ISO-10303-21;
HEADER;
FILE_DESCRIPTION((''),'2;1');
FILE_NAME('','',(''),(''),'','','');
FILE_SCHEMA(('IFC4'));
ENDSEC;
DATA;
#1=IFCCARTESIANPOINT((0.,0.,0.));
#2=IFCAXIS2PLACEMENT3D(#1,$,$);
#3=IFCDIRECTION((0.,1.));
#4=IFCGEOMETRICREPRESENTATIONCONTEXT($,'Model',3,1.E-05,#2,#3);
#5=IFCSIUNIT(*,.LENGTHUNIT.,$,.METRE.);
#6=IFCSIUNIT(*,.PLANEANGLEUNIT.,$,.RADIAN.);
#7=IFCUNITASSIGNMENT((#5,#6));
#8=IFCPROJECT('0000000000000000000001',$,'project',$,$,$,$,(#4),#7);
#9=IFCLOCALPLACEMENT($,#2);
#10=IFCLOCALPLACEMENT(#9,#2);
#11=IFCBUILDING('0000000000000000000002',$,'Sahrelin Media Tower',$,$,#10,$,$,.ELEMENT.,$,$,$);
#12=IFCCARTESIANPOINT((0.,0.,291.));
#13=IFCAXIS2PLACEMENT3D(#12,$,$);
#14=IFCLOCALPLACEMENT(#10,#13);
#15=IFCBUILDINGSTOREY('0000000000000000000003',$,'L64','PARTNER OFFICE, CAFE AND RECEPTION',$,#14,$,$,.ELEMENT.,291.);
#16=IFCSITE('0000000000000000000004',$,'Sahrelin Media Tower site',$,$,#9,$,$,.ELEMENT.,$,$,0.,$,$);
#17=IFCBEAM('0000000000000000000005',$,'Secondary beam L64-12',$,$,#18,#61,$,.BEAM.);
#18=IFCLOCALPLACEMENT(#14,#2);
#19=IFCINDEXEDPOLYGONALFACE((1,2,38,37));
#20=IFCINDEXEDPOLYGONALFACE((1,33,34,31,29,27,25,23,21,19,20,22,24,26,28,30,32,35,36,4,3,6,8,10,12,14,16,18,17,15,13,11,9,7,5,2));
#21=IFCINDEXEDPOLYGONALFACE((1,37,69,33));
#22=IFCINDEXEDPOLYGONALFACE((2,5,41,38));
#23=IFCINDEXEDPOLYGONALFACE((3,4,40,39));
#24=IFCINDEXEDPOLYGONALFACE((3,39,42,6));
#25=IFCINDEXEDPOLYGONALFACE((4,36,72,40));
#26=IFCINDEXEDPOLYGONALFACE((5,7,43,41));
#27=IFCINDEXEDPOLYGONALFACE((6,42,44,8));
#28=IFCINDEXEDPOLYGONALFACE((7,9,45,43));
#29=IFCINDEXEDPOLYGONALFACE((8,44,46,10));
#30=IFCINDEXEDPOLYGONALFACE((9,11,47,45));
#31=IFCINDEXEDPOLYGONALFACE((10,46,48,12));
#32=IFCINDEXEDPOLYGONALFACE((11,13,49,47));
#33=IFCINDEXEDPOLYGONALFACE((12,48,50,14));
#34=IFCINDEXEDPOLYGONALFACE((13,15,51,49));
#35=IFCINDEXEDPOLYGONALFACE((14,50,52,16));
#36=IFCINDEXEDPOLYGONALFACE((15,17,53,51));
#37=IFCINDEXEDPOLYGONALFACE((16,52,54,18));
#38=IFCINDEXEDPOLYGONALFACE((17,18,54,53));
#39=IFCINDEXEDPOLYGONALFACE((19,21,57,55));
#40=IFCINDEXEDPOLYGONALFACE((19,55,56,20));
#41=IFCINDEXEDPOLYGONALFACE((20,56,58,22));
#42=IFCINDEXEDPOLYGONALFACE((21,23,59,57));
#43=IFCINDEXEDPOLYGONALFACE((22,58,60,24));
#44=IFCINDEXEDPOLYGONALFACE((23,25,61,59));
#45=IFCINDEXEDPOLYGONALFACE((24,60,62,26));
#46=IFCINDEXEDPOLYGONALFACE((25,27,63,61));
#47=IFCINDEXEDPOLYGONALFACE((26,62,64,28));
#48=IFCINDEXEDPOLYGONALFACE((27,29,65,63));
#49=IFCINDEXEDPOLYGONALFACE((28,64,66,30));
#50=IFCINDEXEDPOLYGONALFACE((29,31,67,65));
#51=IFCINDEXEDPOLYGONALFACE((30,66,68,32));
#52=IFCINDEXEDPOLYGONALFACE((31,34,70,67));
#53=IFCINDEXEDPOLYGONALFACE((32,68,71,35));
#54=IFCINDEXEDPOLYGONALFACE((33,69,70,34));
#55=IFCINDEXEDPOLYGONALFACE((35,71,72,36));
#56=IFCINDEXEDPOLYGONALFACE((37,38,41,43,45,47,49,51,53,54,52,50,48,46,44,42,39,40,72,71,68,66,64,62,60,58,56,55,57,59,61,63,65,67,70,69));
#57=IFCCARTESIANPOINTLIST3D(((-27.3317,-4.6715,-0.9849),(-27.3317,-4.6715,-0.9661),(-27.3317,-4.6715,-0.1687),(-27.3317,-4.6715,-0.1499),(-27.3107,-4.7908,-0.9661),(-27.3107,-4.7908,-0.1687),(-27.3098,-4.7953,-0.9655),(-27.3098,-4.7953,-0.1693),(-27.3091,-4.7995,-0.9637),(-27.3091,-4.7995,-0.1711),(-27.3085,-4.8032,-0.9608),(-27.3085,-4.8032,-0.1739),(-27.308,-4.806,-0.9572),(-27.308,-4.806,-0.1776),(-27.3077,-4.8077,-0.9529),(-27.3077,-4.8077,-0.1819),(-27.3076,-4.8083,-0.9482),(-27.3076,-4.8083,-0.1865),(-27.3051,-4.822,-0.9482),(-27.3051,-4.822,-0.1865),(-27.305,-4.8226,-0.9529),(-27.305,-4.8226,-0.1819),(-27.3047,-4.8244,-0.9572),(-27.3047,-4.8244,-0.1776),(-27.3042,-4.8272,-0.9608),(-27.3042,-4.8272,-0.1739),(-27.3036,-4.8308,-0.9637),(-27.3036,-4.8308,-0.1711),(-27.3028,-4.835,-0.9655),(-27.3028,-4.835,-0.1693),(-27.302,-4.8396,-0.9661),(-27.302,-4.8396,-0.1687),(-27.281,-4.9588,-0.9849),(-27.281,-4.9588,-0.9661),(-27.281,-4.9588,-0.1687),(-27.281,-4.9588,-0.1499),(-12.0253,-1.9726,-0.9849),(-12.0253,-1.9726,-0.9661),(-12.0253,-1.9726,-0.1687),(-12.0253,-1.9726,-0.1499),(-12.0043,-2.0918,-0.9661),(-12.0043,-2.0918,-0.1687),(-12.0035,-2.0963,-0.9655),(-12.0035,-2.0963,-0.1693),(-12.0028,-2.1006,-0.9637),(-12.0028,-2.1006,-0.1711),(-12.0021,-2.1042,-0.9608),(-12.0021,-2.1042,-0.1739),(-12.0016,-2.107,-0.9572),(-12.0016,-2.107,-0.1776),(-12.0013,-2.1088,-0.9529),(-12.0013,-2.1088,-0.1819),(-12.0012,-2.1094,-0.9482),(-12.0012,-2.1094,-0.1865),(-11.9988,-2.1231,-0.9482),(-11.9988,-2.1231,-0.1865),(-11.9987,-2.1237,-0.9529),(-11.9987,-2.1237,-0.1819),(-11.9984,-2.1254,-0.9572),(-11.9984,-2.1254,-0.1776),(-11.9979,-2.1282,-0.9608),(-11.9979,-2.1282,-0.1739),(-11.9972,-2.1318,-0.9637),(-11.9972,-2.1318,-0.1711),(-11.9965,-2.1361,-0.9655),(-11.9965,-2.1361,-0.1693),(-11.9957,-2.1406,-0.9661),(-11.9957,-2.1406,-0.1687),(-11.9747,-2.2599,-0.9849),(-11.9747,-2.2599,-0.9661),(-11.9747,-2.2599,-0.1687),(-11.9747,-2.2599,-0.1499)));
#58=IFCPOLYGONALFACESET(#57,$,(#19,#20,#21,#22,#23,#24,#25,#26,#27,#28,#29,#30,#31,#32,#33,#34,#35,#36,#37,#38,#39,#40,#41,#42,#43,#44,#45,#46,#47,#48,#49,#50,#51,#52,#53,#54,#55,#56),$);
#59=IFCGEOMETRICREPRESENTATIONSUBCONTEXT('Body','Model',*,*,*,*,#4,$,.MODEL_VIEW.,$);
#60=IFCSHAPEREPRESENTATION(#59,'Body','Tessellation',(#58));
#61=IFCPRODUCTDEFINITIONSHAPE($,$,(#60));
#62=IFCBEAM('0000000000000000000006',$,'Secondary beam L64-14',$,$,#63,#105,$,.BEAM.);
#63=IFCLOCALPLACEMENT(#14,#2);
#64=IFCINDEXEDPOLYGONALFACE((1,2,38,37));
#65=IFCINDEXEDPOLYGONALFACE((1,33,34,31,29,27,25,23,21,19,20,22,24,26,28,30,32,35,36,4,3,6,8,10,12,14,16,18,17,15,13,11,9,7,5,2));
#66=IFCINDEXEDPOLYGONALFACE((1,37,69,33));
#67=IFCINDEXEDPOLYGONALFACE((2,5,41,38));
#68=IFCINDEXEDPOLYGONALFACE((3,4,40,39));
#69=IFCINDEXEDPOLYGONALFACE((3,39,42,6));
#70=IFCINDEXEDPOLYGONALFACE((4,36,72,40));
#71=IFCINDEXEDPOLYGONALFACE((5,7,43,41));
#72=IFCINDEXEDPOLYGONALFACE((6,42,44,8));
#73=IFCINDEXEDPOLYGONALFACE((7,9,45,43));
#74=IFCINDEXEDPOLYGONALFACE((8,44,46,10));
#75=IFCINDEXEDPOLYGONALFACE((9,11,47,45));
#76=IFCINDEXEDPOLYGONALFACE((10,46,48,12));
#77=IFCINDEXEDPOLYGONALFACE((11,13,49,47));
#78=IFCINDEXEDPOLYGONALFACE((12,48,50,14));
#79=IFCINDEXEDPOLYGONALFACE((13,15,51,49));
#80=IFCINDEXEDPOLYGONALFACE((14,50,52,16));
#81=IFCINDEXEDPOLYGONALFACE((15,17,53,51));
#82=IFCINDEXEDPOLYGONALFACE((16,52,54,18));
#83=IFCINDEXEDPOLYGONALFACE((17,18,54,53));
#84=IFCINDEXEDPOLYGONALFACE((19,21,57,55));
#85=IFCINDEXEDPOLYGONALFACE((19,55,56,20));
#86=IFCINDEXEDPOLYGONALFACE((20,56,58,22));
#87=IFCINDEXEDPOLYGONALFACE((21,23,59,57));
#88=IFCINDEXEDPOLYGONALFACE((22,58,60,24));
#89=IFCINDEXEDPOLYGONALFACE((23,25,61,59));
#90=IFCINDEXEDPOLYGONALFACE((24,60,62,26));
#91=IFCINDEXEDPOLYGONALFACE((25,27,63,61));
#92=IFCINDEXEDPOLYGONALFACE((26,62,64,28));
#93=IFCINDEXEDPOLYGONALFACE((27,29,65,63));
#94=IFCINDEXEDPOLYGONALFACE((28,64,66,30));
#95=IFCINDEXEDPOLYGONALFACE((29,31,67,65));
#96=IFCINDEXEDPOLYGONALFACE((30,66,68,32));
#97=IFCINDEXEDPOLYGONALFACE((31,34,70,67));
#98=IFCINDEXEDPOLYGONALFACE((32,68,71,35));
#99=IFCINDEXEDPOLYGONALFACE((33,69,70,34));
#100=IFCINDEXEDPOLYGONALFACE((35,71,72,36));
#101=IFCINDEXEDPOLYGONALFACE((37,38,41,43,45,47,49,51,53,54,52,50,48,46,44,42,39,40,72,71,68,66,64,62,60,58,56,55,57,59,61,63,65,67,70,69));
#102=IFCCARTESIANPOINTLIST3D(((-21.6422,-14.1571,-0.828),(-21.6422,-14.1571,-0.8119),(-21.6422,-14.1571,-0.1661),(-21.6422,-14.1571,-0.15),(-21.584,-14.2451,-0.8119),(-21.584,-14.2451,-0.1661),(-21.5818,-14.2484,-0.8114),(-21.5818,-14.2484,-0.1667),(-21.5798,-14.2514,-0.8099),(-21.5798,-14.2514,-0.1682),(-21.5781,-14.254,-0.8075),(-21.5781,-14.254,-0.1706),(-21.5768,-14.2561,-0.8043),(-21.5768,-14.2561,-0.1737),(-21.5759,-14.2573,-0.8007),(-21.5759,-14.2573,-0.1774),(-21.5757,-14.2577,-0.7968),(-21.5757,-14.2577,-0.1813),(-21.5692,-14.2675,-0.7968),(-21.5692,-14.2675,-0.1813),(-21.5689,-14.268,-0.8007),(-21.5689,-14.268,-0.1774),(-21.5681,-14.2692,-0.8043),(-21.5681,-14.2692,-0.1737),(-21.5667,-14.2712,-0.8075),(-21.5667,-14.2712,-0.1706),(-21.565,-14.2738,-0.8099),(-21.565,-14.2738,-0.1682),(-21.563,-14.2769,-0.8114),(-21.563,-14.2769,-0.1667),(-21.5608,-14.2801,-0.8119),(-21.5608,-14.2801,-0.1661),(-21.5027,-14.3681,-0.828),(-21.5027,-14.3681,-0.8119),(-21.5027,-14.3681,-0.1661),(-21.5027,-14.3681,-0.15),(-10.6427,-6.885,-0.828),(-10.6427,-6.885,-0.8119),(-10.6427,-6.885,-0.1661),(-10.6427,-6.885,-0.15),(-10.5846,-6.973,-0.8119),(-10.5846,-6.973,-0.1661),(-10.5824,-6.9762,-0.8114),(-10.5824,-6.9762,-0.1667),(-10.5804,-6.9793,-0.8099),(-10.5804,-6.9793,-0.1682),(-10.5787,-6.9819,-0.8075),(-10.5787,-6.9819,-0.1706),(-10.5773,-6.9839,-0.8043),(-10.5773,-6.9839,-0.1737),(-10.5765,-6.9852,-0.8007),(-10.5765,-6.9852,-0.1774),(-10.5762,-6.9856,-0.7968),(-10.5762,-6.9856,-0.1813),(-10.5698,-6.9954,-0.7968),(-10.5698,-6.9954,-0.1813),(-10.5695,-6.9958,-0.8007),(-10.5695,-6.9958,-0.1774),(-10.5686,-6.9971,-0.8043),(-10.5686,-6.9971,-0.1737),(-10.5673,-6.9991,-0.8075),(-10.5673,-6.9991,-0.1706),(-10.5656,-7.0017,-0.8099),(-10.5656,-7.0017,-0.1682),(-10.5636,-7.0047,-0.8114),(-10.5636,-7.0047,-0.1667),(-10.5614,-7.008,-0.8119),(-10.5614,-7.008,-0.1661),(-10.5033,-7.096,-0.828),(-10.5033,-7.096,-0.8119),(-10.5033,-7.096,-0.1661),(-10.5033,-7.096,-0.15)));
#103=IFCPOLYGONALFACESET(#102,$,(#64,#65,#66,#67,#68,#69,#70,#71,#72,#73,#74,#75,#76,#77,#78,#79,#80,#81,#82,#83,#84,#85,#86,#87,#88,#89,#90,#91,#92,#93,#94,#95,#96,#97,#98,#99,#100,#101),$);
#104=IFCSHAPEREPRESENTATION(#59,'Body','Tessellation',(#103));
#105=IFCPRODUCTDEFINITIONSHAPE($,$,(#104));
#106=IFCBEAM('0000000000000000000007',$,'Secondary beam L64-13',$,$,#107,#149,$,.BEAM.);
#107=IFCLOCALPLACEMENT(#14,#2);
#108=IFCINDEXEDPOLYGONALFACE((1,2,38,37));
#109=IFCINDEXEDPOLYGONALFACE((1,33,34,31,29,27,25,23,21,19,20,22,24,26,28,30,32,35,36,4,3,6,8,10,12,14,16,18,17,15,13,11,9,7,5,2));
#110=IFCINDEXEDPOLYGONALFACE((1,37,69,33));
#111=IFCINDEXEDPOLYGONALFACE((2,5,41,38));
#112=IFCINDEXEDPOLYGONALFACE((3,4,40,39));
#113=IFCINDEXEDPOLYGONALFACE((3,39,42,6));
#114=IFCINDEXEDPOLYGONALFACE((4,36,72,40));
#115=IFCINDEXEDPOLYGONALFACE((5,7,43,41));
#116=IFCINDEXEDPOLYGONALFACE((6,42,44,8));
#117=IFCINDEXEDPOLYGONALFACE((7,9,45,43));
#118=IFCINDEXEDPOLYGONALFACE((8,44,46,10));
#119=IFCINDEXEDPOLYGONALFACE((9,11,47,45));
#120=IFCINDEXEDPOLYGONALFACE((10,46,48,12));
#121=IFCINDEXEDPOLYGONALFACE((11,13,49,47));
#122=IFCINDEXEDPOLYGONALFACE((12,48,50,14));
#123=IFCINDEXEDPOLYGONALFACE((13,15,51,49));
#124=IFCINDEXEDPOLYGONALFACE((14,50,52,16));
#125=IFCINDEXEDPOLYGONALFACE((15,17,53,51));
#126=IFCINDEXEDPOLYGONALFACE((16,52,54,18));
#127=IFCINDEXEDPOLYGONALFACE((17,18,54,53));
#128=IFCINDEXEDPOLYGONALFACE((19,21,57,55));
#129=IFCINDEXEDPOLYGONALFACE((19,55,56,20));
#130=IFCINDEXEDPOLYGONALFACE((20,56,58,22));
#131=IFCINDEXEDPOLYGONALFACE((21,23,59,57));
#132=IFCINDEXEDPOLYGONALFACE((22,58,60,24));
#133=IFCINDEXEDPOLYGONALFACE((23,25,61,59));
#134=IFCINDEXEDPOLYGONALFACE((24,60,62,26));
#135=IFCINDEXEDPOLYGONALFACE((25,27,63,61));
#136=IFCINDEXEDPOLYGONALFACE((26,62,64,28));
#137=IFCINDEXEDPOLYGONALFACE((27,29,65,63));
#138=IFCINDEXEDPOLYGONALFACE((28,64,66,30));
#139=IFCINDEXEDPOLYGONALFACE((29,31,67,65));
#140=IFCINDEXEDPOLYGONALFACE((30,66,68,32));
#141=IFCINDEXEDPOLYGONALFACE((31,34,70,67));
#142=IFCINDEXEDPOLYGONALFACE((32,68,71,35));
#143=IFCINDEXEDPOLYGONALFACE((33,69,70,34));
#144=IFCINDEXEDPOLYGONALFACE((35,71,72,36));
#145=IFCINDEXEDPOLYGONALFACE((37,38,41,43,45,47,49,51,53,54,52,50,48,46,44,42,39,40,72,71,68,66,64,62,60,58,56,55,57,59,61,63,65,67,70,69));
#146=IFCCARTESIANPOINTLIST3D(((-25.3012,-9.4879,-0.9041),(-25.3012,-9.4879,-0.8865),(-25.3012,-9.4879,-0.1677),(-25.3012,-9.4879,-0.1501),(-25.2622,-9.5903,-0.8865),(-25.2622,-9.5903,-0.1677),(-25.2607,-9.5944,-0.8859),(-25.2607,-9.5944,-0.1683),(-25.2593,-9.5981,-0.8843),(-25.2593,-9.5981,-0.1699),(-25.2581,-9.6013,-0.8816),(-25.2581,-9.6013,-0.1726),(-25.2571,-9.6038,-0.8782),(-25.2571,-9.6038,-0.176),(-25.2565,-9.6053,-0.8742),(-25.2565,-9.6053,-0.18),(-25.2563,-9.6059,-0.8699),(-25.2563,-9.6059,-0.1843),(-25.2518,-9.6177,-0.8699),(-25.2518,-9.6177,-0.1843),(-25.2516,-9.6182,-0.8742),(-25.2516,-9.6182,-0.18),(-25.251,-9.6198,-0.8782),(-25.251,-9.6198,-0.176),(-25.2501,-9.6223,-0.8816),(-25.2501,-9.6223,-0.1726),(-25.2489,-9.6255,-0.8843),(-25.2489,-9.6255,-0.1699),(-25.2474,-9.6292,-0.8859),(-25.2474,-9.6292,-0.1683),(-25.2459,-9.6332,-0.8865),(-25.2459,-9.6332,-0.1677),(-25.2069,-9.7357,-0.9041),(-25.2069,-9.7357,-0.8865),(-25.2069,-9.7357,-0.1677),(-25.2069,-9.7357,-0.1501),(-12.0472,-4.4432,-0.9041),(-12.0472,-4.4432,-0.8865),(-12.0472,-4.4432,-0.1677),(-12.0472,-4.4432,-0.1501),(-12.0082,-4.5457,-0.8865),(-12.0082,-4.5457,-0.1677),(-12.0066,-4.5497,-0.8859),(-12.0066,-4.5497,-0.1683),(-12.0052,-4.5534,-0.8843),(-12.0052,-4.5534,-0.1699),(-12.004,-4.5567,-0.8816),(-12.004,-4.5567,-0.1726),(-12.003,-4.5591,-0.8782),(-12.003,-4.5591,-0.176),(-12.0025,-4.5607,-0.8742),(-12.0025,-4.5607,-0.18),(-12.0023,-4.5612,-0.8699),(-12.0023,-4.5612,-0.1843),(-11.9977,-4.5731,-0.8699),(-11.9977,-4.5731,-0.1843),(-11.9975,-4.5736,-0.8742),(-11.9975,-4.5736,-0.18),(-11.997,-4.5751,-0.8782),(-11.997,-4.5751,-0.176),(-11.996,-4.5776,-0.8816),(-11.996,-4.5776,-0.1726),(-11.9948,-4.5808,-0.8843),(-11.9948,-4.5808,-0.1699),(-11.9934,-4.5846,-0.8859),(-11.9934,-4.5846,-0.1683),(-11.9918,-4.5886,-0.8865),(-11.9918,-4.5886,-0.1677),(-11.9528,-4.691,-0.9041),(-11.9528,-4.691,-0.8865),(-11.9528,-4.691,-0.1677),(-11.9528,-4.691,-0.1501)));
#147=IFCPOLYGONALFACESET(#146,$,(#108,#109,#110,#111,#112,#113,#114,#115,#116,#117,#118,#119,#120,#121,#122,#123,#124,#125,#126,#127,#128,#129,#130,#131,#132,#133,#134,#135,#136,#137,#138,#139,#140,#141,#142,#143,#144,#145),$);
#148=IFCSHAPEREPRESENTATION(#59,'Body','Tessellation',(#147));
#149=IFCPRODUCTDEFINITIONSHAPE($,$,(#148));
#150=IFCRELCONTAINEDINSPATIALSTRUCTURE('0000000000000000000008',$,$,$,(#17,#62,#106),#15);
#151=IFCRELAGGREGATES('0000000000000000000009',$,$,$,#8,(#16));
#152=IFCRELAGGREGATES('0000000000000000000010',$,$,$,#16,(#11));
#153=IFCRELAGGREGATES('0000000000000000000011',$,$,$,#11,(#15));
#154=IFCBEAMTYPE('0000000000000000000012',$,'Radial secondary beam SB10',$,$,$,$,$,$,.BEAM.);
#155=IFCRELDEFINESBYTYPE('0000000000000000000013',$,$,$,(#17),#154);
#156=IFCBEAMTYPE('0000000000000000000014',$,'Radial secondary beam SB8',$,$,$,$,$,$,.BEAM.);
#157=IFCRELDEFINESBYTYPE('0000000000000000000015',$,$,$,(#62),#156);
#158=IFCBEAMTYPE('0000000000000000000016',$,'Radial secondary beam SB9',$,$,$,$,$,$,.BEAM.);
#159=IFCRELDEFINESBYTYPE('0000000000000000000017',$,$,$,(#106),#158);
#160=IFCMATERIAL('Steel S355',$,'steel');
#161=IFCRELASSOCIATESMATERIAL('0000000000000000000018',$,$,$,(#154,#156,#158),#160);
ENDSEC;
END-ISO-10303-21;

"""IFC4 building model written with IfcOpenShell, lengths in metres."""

from ifc_helpers import new_model, si_unit, direction, frame, origin, origin_2d, place, context, subcontext, project, spatial, i_section, extrude, material, material_profile, profile_set, type_object, element, save


model = new_model("IFC4")

# Units and contexts
model_context = context("Model", 3, precision=1e-05, world=origin(), true_north=direction((0.0, 1.0)))
body_context = subcontext(model_context, "Body", "Model", "MODEL_VIEW")
ifc_project = project(units=[si_unit("LENGTHUNIT", "METRE"), si_unit("PLANEANGLEUNIT", "RADIAN")], contexts=[model_context])

# Site, building, storey
site_placement = place(None, origin())
site = spatial("IfcSite", under=ifc_project, at=site_placement, Name="Sahrelin Media Tower site", CompositionType="ELEMENT", RefElevation=0.0)
building_placement = place(site_placement, origin())
building = spatial("IfcBuilding", under=site, at=building_placement, Name="Sahrelin Media Tower", CompositionType="ELEMENT")
storey_placement = place(building_placement, frame((0.0, 0.0, 291.0)))
storey = spatial("IfcBuildingStorey", under=building, at=storey_placement, Name="L64", Description="PARTNER OFFICE, CAFE AND RECEPTION", CompositionType="ELEMENT", Elevation=291.0)

# Beams
ifc_material_1 = material(Name="Steel S355", Category="steel")
ifc_material_profile_1 = material_profile(ifc_material_1, i_section(OverallWidth=0.2917, OverallDepth=0.835, WebThickness=0.0139, FlangeThickness=0.0188, FilletRadius=0.0178, at=origin_2d()), Name="UB 838x292x176")
ifc_profile_set_1 = profile_set([ifc_material_profile_1], Name="Steel S355")
beam_type_1 = type_object("IfcBeamType", Name="Radial secondary beam SB10", PredefinedType="BEAM", material=ifc_profile_set_1)
beam_1_placement = place(storey_placement, frame((-12.0, -2.1162, -0.5674), z_axis=(-0.984807, -0.173651, 0.0), x_axis=(0.173651, -0.984807, 0.0)))
element("IfcBeam", 1, at=beam_1_placement, inside=storey, type_object=beam_type_1, Name="Secondary beam L64-12", PredefinedType="BEAM", context=body_context, shape_type="SweptSolid", body=[
    extrude(i_section(OverallWidth=0.2917, OverallDepth=0.835, WebThickness=0.0139, FlangeThickness=0.0188, FilletRadius=0.0178, at=origin_2d()), origin(), (0.0, 0.0, 1.0), 15.5425),
])
ifc_material_profile_2 = material_profile(ifc_material_1, i_section(OverallWidth=0.2529, OverallDepth=0.678, WebThickness=0.0117, FlangeThickness=0.0161, FilletRadius=0.0151, at=origin_2d()), Name="UB 686x254x125")
ifc_profile_set_2 = profile_set([ifc_material_profile_2], Name="Steel S355")
beam_type_2 = type_object("IfcBeamType", Name="Radial secondary beam SB8", PredefinedType="BEAM", material=ifc_profile_set_2)
beam_2_placement = place(storey_placement, frame((-10.573, -6.9905, -0.489), z_axis=(-0.834172, -0.551504, 0.0), x_axis=(0.551504, -0.834172, 0.0)))
element("IfcBeam", 2, at=beam_2_placement, inside=storey, type_object=beam_type_2, Name="Secondary beam L64-14", PredefinedType="BEAM", context=body_context, shape_type="SweptSolid", body=[
    extrude(i_section(OverallWidth=0.2529, OverallDepth=0.678, WebThickness=0.0117, FlangeThickness=0.0161, FilletRadius=0.0151, at=origin_2d()), origin(), (0.0, 0.0, 1.0), 13.186),
])
ifc_material_profile_3 = material_profile(ifc_material_1, i_section(OverallWidth=0.2651, OverallDepth=0.7539, WebThickness=0.0127, FlangeThickness=0.0176, FilletRadius=0.0166, at=origin_2d()), Name="UB 762x267x147")
ifc_profile_set_3 = profile_set([ifc_material_profile_3], Name="Steel S355")
beam_type_3 = type_object("IfcBeamType", Name="Radial secondary beam SB9", PredefinedType="BEAM", material=ifc_profile_set_3)
beam_3_placement = place(storey_placement, frame((-12.0, -4.5671, -0.5271), z_axis=(-0.934594, -0.355717, 0.0), x_axis=(0.355717, -0.934594, 0.0)))
element("IfcBeam", 3, at=beam_3_placement, inside=storey, type_object=beam_type_3, Name="Secondary beam L64-13", PredefinedType="BEAM", context=body_context, shape_type="SweptSolid", body=[
    extrude(i_section(OverallWidth=0.2651, OverallDepth=0.7539, WebThickness=0.0127, FlangeThickness=0.0176, FilletRadius=0.0166, at=origin_2d()), origin(), (0.0, 0.0, 1.0), 14.1816),
])

save(model, "model.ifc")
